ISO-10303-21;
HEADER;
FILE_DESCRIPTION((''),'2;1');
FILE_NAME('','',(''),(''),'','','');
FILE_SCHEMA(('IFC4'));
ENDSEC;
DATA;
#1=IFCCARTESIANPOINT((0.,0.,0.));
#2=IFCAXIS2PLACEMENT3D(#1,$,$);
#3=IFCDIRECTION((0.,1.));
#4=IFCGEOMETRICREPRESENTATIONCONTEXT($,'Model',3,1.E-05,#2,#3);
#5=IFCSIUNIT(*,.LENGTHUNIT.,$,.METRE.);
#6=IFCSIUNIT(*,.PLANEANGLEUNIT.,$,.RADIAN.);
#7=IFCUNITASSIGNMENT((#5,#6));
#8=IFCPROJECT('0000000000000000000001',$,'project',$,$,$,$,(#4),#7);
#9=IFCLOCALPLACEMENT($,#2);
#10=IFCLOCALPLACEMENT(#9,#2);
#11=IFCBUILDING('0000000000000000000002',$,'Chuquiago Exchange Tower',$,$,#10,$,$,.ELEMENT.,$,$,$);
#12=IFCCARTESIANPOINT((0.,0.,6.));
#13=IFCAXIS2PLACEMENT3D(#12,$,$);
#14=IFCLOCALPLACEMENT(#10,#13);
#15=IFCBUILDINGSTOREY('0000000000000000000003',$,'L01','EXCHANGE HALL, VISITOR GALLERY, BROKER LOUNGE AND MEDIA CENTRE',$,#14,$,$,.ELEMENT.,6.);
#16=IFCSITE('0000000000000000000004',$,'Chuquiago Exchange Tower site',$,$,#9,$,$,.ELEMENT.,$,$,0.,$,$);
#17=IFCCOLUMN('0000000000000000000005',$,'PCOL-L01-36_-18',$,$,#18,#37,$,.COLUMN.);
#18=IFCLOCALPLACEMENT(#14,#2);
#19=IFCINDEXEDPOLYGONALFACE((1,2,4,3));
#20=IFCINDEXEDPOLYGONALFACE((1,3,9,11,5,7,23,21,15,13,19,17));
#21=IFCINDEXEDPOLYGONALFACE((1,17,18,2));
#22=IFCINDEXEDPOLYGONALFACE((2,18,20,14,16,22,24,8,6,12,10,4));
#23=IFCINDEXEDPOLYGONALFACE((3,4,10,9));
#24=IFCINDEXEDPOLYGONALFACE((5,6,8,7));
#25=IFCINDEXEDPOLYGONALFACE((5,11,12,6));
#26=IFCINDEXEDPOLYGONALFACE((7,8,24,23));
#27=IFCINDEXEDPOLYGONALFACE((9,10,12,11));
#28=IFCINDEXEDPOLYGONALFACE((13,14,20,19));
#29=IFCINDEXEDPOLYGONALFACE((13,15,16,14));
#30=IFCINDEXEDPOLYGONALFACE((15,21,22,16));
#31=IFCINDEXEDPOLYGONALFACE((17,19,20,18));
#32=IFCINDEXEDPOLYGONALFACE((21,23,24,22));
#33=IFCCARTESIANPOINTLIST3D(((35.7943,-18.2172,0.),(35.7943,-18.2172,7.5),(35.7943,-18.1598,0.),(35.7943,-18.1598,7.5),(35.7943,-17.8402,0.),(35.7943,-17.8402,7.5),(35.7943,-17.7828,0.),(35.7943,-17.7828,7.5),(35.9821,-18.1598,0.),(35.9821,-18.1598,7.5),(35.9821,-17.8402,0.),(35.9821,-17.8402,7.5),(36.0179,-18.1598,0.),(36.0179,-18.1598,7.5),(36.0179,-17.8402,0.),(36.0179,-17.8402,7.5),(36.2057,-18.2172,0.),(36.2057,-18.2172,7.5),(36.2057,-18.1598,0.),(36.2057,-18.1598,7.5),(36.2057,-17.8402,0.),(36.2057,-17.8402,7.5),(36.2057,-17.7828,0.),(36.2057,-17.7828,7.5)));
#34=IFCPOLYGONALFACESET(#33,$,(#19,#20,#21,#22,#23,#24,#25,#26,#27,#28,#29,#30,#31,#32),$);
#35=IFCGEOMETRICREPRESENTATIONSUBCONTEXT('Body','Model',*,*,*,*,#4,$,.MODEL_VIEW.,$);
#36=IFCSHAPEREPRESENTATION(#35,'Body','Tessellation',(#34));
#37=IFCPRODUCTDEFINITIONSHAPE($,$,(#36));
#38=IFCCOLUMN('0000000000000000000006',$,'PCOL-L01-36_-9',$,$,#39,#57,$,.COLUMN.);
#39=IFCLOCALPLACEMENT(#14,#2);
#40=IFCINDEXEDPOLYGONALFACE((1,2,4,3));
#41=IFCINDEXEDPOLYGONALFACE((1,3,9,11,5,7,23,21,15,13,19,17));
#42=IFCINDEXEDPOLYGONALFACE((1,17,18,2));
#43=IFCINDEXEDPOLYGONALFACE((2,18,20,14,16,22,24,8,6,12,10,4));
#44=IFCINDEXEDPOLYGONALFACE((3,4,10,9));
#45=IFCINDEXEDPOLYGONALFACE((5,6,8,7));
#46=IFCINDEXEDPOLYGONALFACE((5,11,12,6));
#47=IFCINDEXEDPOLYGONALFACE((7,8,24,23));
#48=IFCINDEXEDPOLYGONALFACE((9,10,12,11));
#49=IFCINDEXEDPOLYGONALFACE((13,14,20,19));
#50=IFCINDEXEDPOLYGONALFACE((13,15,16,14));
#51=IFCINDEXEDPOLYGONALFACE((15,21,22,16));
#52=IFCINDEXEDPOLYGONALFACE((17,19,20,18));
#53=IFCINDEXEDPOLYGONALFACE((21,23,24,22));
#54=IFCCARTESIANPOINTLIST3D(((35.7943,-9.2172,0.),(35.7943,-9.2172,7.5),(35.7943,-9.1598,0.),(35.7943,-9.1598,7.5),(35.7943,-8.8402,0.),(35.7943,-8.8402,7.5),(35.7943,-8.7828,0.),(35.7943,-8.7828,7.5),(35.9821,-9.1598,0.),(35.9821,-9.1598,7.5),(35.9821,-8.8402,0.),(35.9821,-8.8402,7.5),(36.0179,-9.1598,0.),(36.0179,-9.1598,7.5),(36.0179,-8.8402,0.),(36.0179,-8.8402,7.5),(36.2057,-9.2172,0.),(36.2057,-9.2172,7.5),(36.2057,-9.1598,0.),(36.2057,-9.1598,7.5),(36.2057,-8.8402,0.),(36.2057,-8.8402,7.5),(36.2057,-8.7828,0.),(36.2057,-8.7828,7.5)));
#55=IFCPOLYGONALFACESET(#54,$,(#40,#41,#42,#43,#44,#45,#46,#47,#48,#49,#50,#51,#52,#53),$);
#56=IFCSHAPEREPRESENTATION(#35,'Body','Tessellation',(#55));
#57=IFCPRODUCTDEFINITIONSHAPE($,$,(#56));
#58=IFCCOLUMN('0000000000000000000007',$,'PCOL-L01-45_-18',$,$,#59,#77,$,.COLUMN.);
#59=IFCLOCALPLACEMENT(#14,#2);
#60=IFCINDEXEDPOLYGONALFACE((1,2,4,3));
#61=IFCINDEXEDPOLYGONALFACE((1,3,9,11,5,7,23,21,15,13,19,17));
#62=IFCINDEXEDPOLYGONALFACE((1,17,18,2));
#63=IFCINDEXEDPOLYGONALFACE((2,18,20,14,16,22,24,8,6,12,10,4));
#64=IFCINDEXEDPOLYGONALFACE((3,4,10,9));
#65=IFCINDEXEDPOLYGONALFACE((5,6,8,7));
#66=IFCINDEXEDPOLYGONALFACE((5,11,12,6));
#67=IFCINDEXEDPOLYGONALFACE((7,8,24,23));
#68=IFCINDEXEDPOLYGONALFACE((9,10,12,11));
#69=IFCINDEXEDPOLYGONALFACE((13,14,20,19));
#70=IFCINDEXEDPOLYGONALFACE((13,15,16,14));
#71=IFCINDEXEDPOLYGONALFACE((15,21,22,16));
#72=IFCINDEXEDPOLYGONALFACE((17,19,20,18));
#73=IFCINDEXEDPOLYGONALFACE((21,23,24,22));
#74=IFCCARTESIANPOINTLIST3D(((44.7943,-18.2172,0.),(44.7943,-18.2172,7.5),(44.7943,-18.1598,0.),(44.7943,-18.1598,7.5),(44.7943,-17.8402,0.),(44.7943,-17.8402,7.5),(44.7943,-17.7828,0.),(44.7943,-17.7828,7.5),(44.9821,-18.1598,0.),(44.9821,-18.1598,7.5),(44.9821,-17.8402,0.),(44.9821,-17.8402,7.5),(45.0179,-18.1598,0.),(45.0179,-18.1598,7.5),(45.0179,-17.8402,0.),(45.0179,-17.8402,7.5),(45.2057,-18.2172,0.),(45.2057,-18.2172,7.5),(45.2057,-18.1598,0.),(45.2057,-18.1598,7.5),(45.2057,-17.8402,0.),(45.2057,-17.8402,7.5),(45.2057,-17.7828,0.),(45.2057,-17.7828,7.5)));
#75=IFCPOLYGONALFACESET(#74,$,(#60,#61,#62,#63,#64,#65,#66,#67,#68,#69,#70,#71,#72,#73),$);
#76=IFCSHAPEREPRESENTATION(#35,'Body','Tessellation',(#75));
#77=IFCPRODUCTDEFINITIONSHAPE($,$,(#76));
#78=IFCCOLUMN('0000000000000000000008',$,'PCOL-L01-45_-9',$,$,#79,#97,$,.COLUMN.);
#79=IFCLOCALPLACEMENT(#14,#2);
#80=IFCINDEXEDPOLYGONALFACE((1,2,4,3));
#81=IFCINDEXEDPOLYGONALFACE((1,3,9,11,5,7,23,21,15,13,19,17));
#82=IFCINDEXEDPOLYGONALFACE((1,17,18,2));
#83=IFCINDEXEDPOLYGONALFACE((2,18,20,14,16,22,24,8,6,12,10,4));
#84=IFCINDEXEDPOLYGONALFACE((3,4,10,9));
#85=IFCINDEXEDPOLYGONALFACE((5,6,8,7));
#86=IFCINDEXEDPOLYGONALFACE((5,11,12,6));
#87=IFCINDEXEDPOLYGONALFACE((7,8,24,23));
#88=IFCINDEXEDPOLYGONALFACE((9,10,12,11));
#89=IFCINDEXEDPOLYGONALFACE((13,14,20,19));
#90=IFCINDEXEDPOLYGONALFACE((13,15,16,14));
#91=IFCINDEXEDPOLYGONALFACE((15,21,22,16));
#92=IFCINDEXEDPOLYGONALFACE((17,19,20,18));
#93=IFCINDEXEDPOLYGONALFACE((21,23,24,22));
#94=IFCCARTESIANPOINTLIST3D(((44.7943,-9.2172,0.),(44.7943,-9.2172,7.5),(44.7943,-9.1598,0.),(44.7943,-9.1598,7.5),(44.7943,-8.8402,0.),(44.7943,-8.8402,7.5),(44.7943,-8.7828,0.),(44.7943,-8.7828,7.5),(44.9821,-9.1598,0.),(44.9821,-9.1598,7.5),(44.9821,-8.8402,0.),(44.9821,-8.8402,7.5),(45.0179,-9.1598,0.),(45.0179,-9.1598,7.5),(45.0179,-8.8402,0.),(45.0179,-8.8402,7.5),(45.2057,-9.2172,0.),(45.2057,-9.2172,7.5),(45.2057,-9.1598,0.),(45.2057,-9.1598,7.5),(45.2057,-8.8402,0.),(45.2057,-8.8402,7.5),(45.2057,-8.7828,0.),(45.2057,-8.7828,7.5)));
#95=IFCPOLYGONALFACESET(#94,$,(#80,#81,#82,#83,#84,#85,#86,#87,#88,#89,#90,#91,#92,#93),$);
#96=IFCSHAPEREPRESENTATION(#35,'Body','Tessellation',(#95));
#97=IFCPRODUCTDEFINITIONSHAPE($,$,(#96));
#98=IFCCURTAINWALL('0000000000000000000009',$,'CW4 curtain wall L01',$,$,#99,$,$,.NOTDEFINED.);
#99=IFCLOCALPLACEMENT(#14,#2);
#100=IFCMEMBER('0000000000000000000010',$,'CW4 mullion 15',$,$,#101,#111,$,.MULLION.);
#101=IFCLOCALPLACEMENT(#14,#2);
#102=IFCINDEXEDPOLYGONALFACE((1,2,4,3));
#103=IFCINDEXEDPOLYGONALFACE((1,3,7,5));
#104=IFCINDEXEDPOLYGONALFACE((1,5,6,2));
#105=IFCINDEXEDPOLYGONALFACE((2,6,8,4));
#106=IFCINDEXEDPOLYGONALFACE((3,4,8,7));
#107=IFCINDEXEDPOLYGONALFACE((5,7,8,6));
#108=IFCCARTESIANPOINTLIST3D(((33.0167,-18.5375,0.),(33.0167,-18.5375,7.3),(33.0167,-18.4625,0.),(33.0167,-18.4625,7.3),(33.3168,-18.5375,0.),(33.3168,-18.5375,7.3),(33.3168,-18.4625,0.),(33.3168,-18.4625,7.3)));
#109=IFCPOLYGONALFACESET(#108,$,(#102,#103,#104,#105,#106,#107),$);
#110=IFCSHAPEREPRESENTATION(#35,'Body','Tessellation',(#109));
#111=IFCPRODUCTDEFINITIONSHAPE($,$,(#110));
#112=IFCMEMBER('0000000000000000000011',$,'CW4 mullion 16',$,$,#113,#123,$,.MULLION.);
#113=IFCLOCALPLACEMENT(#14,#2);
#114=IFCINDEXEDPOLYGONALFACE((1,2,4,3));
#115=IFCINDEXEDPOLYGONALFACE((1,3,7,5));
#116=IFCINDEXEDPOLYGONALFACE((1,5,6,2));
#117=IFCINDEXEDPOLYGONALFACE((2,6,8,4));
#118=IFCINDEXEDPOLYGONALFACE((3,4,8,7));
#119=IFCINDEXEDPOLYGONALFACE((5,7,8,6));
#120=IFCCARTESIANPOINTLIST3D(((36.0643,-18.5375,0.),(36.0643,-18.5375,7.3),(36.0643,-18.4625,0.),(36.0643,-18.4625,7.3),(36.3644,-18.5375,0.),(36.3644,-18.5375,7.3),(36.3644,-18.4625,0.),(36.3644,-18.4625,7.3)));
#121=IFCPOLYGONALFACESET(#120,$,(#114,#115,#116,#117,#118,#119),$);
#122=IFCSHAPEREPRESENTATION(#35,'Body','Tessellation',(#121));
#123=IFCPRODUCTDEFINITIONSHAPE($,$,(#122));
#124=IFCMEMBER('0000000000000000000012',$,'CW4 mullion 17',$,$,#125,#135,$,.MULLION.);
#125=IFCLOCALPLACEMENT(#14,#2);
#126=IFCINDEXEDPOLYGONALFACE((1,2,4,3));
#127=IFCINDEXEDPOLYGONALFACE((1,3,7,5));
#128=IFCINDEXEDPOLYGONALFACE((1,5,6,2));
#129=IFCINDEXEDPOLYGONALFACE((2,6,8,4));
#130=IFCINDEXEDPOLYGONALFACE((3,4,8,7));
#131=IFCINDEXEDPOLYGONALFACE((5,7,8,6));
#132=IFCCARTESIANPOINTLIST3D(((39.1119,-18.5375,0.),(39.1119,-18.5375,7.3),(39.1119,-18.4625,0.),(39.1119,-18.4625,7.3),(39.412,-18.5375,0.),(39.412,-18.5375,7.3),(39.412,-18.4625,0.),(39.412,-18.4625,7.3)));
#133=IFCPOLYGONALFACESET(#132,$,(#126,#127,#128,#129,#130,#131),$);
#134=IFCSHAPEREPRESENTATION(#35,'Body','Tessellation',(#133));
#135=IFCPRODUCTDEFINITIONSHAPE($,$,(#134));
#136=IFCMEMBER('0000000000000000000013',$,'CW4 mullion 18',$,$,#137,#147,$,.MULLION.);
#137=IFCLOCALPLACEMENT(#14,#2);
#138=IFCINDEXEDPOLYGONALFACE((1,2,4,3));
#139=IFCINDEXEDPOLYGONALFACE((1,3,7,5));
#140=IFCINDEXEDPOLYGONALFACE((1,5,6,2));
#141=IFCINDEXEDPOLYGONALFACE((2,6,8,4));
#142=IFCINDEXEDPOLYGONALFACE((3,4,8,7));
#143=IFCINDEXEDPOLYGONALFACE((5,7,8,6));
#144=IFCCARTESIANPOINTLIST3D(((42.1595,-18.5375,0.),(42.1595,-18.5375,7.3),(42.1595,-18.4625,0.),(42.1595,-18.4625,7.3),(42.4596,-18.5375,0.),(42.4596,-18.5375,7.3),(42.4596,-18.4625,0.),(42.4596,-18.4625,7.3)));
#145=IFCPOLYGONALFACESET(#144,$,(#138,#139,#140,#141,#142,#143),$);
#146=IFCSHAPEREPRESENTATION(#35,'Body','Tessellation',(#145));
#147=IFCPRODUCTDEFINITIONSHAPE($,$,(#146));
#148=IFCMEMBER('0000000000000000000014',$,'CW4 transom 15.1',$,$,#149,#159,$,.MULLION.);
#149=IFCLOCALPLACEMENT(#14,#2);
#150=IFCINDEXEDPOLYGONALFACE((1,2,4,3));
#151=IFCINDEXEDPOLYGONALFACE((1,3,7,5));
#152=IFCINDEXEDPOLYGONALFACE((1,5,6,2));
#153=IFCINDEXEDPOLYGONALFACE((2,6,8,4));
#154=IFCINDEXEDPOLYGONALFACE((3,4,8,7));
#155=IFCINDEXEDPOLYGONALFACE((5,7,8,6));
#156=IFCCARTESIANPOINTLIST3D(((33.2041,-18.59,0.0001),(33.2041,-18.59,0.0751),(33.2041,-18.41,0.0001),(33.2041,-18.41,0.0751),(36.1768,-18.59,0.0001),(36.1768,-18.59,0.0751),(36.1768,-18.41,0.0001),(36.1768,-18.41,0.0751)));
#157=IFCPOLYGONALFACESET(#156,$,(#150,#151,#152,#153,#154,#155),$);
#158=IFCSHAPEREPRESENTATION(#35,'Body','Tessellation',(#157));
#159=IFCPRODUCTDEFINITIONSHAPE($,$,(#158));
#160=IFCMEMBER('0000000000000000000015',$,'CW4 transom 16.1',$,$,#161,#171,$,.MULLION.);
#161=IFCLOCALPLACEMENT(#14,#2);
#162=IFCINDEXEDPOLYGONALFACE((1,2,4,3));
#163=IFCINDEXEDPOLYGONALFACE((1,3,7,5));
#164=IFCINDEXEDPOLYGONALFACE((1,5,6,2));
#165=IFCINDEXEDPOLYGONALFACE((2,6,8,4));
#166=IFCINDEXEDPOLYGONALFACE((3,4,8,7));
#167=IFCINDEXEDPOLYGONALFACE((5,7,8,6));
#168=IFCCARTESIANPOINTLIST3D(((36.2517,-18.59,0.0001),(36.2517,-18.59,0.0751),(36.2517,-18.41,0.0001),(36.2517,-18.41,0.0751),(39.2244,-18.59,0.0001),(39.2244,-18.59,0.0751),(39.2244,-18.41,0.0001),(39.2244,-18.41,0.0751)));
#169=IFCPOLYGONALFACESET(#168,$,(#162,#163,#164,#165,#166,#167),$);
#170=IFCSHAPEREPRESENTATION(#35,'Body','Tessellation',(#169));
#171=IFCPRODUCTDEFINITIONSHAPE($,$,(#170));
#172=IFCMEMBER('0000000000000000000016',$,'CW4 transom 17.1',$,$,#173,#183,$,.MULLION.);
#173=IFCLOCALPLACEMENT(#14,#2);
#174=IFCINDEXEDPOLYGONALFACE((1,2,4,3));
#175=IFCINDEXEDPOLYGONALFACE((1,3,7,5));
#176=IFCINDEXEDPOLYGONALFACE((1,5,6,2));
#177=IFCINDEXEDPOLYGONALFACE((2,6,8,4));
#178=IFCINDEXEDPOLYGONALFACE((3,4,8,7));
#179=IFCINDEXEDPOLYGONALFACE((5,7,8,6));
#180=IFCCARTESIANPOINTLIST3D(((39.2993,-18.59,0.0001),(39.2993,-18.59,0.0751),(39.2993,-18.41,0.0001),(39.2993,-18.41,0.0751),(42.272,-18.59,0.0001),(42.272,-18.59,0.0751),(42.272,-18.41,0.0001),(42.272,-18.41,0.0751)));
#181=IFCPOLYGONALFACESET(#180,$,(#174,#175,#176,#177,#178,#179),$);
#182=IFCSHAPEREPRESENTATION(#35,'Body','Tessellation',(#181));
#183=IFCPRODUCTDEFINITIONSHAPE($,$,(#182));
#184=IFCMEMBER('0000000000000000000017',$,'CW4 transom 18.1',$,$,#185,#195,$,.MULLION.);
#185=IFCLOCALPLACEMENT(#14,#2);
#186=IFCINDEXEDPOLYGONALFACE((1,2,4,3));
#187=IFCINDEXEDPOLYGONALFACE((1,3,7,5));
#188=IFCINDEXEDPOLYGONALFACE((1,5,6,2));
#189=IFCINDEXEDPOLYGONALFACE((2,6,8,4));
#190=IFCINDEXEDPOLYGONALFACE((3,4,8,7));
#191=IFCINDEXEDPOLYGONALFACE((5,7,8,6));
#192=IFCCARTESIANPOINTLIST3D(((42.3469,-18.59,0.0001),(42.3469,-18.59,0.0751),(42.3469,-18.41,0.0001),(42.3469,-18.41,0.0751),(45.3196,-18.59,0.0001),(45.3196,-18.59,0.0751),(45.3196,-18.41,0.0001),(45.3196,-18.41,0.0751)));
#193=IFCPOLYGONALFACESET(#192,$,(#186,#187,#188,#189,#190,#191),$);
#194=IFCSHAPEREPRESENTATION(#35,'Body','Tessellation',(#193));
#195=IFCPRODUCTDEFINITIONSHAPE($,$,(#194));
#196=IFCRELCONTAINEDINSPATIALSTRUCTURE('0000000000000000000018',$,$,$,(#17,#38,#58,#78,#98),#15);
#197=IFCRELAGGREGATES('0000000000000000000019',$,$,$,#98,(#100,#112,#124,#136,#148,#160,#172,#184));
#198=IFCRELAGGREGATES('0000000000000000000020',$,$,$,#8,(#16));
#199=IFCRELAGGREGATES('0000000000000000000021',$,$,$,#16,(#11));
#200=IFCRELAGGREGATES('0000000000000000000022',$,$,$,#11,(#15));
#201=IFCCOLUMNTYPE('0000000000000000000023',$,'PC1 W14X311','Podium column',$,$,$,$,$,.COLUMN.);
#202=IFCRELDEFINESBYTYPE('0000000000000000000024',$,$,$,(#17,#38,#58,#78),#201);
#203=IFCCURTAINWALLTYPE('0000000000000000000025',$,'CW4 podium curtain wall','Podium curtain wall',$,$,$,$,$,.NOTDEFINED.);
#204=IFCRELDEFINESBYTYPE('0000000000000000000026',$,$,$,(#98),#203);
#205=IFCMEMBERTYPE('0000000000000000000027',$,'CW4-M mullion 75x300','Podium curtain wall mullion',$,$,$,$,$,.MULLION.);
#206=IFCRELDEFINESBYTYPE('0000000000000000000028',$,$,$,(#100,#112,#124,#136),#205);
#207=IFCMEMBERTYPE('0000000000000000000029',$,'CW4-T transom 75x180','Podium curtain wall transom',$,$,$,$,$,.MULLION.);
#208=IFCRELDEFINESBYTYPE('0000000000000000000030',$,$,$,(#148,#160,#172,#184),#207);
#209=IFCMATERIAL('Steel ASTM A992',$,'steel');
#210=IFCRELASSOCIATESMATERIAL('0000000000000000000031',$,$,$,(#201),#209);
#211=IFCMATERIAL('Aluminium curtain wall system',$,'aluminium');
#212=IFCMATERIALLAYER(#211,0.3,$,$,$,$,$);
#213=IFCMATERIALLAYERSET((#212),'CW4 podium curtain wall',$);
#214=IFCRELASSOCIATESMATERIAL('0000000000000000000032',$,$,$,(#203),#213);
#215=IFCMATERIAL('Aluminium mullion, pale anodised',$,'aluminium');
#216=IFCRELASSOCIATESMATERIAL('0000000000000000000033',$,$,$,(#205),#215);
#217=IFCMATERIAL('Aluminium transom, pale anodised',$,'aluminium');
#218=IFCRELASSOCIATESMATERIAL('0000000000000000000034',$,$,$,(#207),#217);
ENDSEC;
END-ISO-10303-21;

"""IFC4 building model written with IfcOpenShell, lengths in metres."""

from ifc_helpers import new_model, si_unit, direction, frame, origin, origin_2d, place, context, subcontext, project, spatial, rectangle, i_section, extrude, material, layer, layer_set, material_profile, profile_set, type_object, element, aggregate, save


model = new_model("IFC4")

# Units and contexts
model_context = context("Model", 3, precision=1e-05, world=origin(), true_north=direction((0.0, 1.0)))
body_context = subcontext(model_context, "Body", "Model", "MODEL_VIEW")
ifc_project = project(units=[si_unit("LENGTHUNIT", "METRE"), si_unit("PLANEANGLEUNIT", "RADIAN")], contexts=[model_context])

# Site, building, storey
site_placement = place(None, origin())
site = spatial("IfcSite", under=ifc_project, at=site_placement, Name="Chuquiago Exchange Tower site", CompositionType="ELEMENT", RefElevation=0.0)
building_placement = place(site_placement, origin())
building = spatial("IfcBuilding", under=site, at=building_placement, Name="Chuquiago Exchange Tower", CompositionType="ELEMENT")
storey_placement = place(building_placement, frame((0.0, 0.0, 6.0)))
storey = spatial("IfcBuildingStorey", under=building, at=storey_placement, Name="L01", Description="EXCHANGE HALL, VISITOR GALLERY, BROKER LOUNGE AND MEDIA CENTRE", CompositionType="ELEMENT", Elevation=6.0)

# Columns
ifc_material_1 = material(Name="Steel ASTM A992", Category="steel")
ifc_material_profile_1 = material_profile(ifc_material_1, i_section(OverallWidth=0.4114, OverallDepth=0.4343, WebThickness=0.0359, FlangeThickness=0.0574, at=origin_2d()), Name="W14X311")
ifc_profile_set_1 = profile_set([ifc_material_profile_1], Name="Steel ASTM A992")
column_type = type_object("IfcColumnType", Name="PC1 W14X311", Description="Podium column", PredefinedType="COLUMN", material=ifc_profile_set_1)
for number, where, z_axis, x_axis, name in (
    (1, (36.0, -18.0, 0.0), (0.0, 0.0, 1.0), (1.0, 0.0, 0.0), "PCOL-L01-36_-18"),
    (2, (36.0, -9.0, 0.0), (0.0, 0.0, 1.0), (1.0, 0.0, 0.0), "PCOL-L01-36_-9"),
    (3, (45.0, -18.0, 0.0), (0.0, 0.0, 1.0), (1.0, 0.0, 0.0), "PCOL-L01-45_-18"),
    (4, (45.0, -9.0, 0.0), (0.0, 0.0, 1.0), (1.0, 0.0, 0.0), "PCOL-L01-45_-9"),
):
    element("IfcColumn", number, at=place(storey_placement, frame(where, z_axis=z_axis, x_axis=x_axis)), inside=storey, type_object=column_type, Name=name, PredefinedType="COLUMN", context=body_context, shape_type="SweptSolid", body=[
        extrude(i_section(OverallWidth=0.4114, OverallDepth=0.4343, WebThickness=0.0359, FlangeThickness=0.0574, at=origin_2d()), origin(), (0.0, 0.0, 1.0), 7.5),
    ])

# Curtain wall, members
ifc_material_2 = material(Name="Aluminium curtain wall system", Category="aluminium")
ifc_layer_1 = layer(ifc_material_2, 0.3)
ifc_layer_set_1 = layer_set([ifc_layer_1], Name="CW4 podium curtain wall")
curtain_wall_type = type_object("IfcCurtainWallType", Name="CW4 podium curtain wall", Description="Podium curtain wall", PredefinedType="NOTDEFINED", material=ifc_layer_set_1)
curtain_wall_placement = place(storey_placement, origin())
curtain_wall = element("IfcCurtainWall", 5, at=curtain_wall_placement, inside=storey, type_object=curtain_wall_type, Name="CW4 curtain wall L01", PredefinedType="NOTDEFINED")
ifc_material_3 = material(Name="Aluminium mullion, pale anodised", Category="aluminium")
ifc_material_profile_2 = material_profile(ifc_material_3, rectangle(XDim=0.075, YDim=0.3, at=origin_2d()), Name="AL 75x300")
ifc_profile_set_2 = profile_set([ifc_material_profile_2], Name="Aluminium mullion, pale anodised")
member_type_1 = type_object("IfcMemberType", Name="CW4-M mullion 75x300", Description="Podium curtain wall mullion", PredefinedType="MULLION", material=ifc_profile_set_2)
member_1_placement = place(storey_placement, frame((33.1667, -18.5, 0.0), z_axis=(0.0, 0.0, 1.0), x_axis=(0.0, 1.0, 0.0)))
member_1 = element("IfcMember", 6, at=member_1_placement, type_object=member_type_1, Name="CW4 mullion 15", PredefinedType="MULLION", context=body_context, shape_type="SweptSolid", body=[
    extrude(rectangle(XDim=0.075, YDim=0.3, at=origin_2d()), origin(), (0.0, 0.0, 1.0), 7.3),
])
member_2_placement = place(storey_placement, frame((36.2144, -18.5, 0.0), z_axis=(0.0, 0.0, 1.0), x_axis=(0.0, 1.0, 0.0)))
member_2 = element("IfcMember", 7, at=member_2_placement, type_object=member_type_1, Name="CW4 mullion 16", PredefinedType="MULLION", context=body_context, shape_type="SweptSolid", body=[
    extrude(rectangle(XDim=0.075, YDim=0.3, at=origin_2d()), origin(), (0.0, 0.0, 1.0), 7.3),
])
member_3_placement = place(storey_placement, frame((39.262, -18.5, 0.0), z_axis=(0.0, 0.0, 1.0), x_axis=(0.0, 1.0, 0.0)))
member_3 = element("IfcMember", 8, at=member_3_placement, type_object=member_type_1, Name="CW4 mullion 17", PredefinedType="MULLION", context=body_context, shape_type="SweptSolid", body=[
    extrude(rectangle(XDim=0.075, YDim=0.3, at=origin_2d()), origin(), (0.0, 0.0, 1.0), 7.3),
])
member_4_placement = place(storey_placement, frame((42.3096, -18.5, 0.0), z_axis=(0.0, 0.0, 1.0), x_axis=(0.0, 1.0, 0.0)))
member_4 = element("IfcMember", 9, at=member_4_placement, type_object=member_type_1, Name="CW4 mullion 18", PredefinedType="MULLION", context=body_context, shape_type="SweptSolid", body=[
    extrude(rectangle(XDim=0.075, YDim=0.3, at=origin_2d()), origin(), (0.0, 0.0, 1.0), 7.3),
])
ifc_material_4 = material(Name="Aluminium transom, pale anodised", Category="aluminium")
ifc_material_profile_3 = material_profile(ifc_material_4, rectangle(XDim=0.1799, YDim=0.075, at=origin_2d()), Name="AL 180x75")
ifc_profile_set_3 = profile_set([ifc_material_profile_3], Name="Aluminium transom, pale anodised")
member_type_2 = type_object("IfcMemberType", Name="CW4-T transom 75x180", Description="Podium curtain wall transom", PredefinedType="MULLION", material=ifc_profile_set_3)
member_5_placement = place(storey_placement, frame((33.2041, -18.5, 0.0376), z_axis=(1.0, 0.0, 0.0), x_axis=(0.0, 1.0, 0.0)))
member_5 = element("IfcMember", 10, at=member_5_placement, type_object=member_type_2, Name="CW4 transom 15.1", PredefinedType="MULLION", context=body_context, shape_type="SweptSolid", body=[
    extrude(rectangle(XDim=0.1799, YDim=0.075, at=origin_2d()), origin(), (0.0, 0.0, 1.0), 2.9727),
])
member_6_placement = place(storey_placement, frame((36.2517, -18.5, 0.0376), z_axis=(1.0, 0.0, 0.0), x_axis=(0.0, 1.0, 0.0)))
member_6 = element("IfcMember", 11, at=member_6_placement, type_object=member_type_2, Name="CW4 transom 16.1", PredefinedType="MULLION", context=body_context, shape_type="SweptSolid", body=[
    extrude(rectangle(XDim=0.1799, YDim=0.075, at=origin_2d()), origin(), (0.0, 0.0, 1.0), 2.9727),
])
member_7_placement = place(storey_placement, frame((39.2993, -18.5, 0.0376), z_axis=(1.0, 0.0, 0.0), x_axis=(0.0, 1.0, 0.0)))
member_7 = element("IfcMember", 12, at=member_7_placement, type_object=member_type_2, Name="CW4 transom 17.1", PredefinedType="MULLION", context=body_context, shape_type="SweptSolid", body=[
    extrude(rectangle(XDim=0.1799, YDim=0.075, at=origin_2d()), origin(), (0.0, 0.0, 1.0), 2.9727),
])
member_8_placement = place(storey_placement, frame((42.3469, -18.5, 0.0376), z_axis=(1.0, 0.0, 0.0), x_axis=(0.0, 1.0, 0.0)))
member_8 = element("IfcMember", 13, at=member_8_placement, type_object=member_type_2, Name="CW4 transom 18.1", PredefinedType="MULLION", context=body_context, shape_type="SweptSolid", body=[
    extrude(rectangle(XDim=0.1799, YDim=0.075, at=origin_2d()), origin(), (0.0, 0.0, 1.0), 2.9727),
])

aggregate(curtain_wall, [member_1, member_2, member_3, member_4, member_5, member_6, member_7, member_8])

save(model, "model.ifc")
